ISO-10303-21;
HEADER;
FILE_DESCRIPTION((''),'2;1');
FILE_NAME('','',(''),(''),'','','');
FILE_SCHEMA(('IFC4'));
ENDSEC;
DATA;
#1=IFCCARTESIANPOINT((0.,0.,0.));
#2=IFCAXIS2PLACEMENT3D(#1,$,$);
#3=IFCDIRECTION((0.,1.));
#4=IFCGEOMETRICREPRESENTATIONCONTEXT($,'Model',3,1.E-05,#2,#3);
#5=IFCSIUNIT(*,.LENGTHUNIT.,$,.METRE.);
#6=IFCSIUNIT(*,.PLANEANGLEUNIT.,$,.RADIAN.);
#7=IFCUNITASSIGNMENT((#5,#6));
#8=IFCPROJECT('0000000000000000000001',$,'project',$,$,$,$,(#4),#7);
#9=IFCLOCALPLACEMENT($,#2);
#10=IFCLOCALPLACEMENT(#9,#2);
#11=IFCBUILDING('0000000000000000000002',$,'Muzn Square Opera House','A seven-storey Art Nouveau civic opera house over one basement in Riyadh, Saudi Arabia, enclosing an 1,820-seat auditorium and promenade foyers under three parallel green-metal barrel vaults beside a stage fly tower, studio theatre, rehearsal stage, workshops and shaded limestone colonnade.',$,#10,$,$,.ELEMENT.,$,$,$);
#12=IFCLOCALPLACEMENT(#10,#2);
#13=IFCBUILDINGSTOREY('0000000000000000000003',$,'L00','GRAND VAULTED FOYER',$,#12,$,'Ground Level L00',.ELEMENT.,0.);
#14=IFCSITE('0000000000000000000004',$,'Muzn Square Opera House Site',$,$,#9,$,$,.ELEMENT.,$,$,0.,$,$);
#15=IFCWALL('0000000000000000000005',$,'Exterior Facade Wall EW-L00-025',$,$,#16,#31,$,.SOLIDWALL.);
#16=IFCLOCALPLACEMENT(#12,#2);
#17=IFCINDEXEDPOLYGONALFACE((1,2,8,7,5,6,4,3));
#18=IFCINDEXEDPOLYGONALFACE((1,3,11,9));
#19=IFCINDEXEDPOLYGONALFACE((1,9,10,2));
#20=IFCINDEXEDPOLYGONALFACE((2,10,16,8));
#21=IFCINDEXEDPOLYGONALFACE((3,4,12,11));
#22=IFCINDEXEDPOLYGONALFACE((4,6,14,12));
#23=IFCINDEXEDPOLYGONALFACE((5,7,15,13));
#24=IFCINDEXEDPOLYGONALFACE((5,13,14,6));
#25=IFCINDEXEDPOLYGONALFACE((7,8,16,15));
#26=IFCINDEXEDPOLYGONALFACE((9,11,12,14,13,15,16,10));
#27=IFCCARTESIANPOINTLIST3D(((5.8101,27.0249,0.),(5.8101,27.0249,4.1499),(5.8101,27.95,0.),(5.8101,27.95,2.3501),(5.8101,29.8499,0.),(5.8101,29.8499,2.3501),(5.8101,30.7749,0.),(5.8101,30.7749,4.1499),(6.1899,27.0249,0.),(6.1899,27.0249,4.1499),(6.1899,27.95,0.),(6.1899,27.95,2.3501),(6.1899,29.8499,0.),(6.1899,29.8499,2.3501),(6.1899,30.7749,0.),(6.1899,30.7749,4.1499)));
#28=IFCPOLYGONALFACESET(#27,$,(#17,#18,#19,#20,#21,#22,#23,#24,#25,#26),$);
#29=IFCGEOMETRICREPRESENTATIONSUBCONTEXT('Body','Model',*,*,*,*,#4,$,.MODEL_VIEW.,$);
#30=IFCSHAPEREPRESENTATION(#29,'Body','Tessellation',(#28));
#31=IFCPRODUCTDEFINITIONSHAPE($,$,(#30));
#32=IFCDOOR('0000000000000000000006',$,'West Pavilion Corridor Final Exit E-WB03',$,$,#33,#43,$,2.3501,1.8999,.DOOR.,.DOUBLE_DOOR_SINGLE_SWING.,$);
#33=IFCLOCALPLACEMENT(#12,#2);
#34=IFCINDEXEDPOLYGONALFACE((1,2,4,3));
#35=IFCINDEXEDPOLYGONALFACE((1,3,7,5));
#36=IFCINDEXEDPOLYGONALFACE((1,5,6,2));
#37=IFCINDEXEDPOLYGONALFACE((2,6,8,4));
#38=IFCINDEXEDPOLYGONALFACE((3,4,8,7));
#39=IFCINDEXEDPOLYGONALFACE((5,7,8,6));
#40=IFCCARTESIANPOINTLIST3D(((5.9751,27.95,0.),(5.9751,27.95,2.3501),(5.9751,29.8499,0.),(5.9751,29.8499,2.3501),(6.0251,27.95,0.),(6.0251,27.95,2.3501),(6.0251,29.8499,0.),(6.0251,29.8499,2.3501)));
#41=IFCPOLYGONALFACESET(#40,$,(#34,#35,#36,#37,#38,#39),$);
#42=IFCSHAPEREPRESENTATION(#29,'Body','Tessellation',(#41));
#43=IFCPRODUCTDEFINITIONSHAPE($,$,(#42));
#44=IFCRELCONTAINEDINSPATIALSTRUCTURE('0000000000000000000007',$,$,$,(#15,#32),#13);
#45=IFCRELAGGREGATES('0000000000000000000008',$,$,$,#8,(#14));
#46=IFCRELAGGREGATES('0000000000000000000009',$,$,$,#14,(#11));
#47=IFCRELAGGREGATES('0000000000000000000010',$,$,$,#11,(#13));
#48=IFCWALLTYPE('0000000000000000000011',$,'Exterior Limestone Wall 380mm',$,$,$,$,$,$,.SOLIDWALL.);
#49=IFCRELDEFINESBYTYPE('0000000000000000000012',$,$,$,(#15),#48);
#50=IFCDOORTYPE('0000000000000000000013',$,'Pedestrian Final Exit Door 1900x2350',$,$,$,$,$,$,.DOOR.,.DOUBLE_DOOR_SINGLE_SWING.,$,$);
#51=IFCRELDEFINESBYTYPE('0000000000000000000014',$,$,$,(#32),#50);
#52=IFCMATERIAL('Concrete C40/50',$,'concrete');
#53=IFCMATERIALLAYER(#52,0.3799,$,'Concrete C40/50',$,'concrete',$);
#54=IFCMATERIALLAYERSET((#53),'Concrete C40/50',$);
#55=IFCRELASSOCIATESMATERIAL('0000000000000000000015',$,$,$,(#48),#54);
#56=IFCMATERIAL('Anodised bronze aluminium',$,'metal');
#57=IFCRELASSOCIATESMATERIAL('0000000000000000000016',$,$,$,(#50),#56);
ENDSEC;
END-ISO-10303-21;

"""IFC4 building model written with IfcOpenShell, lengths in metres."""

from ifc_helpers import new_model, si_unit, direction, frame, frame_2d, origin, place, context, subcontext, project, spatial, rectangle, extrude, material, layer, layer_set, type_object, element, fill, save


model = new_model("IFC4")

# Units and contexts
model_context = context("Model", 3, precision=1e-05, world=origin(), true_north=direction((0.0, 1.0)))
body_context = subcontext(model_context, "Body", "Model", "MODEL_VIEW")
ifc_project = project(units=[si_unit("LENGTHUNIT", "METRE"), si_unit("PLANEANGLEUNIT", "RADIAN")], contexts=[model_context])

# Site, building, storey
site_placement = place(None, origin())
site = spatial("IfcSite", under=ifc_project, at=site_placement, Name="Muzn Square Opera House Site", CompositionType="ELEMENT", RefElevation=0.0)
building_placement = place(site_placement, origin())
building = spatial("IfcBuilding", under=site, at=building_placement, Name="Muzn Square Opera House", Description="A seven-storey Art Nouveau civic opera house over one basement in Riyadh, Saudi Arabia, enclosing an 1,820-seat auditorium and promenade foyers under three parallel green-metal barrel vaults beside a stage fly tower, studio theatre, rehearsal stage, workshops and shaded limestone colonnade.", CompositionType="ELEMENT")
storey_placement = place(building_placement, origin())
storey = spatial("IfcBuildingStorey", under=building, at=storey_placement, Name="L00", Description="GRAND VAULTED FOYER", LongName="Ground Level L00", CompositionType="ELEMENT", Elevation=0.0)

# Shared definitions
ifc_material_1 = material(Name="Concrete C40/50", Category="concrete")

# Wall, opening, door
ifc_layer_1 = layer(ifc_material_1, 0.3799, Name="Concrete C40/50", Category="concrete")
ifc_layer_set_1 = layer_set([ifc_layer_1], Name="Concrete C40/50")
wall_type_1 = type_object("IfcWallType", Name="Exterior Limestone Wall 380mm", PredefinedType="SOLIDWALL", material=ifc_layer_set_1)
wall_1_placement = place(storey_placement, frame((6.0, 27.0249, 0.0), z_axis=(0.0, 0.0, 1.0), x_axis=(0.0, 1.0, 0.0)))
wall_1 = element("IfcWall", 1, at=wall_1_placement, inside=storey, type_object=wall_type_1, Name="Exterior Facade Wall EW-L00-025", PredefinedType="SOLIDWALL", context=body_context, shape_type="SweptSolid", body=[
    extrude(rectangle(XDim=3.75, YDim=0.3799, at=frame_2d((1.875, 0.0))), origin(), (0.0, 0.0, 1.0), 4.1499),
])
opening_1_placement = place(wall_1_placement, frame((0.925, 0.0, 0.0)))
opening_1 = element("IfcOpeningElement", 2, at=opening_1_placement, cuts=wall_1, PredefinedType="OPENING", context=body_context, shape_type="SweptSolid", body=[
    extrude(rectangle(XDim=1.8999, YDim=2.3501, at=frame_2d((0.95, 1.175))), frame((0.0, 0.2, 0.0), z_axis=(0.0, -1.0, 0.0), x_axis=(1.0, 0.0, 0.0)), (0.0, 0.0, 1.0), 0.3999),
])
ifc_material_2 = material(Name="Anodised bronze aluminium", Category="metal")
door_type_1 = type_object("IfcDoorType", Name="Pedestrian Final Exit Door 1900x2350", OperationType="DOUBLE_DOOR_SINGLE_SWING", PredefinedType="DOOR", material=ifc_material_2)
door_1_placement = place(opening_1_placement, origin())
door_1 = element("IfcDoor", 3, at=door_1_placement, inside=storey, type_object=door_type_1, Name="West Pavilion Corridor Final Exit E-WB03", OperationType="DOUBLE_DOOR_SINGLE_SWING", OverallHeight=2.3501, OverallWidth=1.8999, PredefinedType="DOOR", context=body_context, shape_type="SweptSolid", body=[
    extrude(rectangle(XDim=1.8999, YDim=2.3501, at=frame_2d((0.95, 1.175))), frame((0.0, 0.0249, 0.0), z_axis=(0.0, -1.0, 0.0), x_axis=(1.0, 0.0, 0.0)), (0.0, 0.0, 1.0), 0.05),
])
fill(opening_1, door_1)

save(model, "model.ifc")
